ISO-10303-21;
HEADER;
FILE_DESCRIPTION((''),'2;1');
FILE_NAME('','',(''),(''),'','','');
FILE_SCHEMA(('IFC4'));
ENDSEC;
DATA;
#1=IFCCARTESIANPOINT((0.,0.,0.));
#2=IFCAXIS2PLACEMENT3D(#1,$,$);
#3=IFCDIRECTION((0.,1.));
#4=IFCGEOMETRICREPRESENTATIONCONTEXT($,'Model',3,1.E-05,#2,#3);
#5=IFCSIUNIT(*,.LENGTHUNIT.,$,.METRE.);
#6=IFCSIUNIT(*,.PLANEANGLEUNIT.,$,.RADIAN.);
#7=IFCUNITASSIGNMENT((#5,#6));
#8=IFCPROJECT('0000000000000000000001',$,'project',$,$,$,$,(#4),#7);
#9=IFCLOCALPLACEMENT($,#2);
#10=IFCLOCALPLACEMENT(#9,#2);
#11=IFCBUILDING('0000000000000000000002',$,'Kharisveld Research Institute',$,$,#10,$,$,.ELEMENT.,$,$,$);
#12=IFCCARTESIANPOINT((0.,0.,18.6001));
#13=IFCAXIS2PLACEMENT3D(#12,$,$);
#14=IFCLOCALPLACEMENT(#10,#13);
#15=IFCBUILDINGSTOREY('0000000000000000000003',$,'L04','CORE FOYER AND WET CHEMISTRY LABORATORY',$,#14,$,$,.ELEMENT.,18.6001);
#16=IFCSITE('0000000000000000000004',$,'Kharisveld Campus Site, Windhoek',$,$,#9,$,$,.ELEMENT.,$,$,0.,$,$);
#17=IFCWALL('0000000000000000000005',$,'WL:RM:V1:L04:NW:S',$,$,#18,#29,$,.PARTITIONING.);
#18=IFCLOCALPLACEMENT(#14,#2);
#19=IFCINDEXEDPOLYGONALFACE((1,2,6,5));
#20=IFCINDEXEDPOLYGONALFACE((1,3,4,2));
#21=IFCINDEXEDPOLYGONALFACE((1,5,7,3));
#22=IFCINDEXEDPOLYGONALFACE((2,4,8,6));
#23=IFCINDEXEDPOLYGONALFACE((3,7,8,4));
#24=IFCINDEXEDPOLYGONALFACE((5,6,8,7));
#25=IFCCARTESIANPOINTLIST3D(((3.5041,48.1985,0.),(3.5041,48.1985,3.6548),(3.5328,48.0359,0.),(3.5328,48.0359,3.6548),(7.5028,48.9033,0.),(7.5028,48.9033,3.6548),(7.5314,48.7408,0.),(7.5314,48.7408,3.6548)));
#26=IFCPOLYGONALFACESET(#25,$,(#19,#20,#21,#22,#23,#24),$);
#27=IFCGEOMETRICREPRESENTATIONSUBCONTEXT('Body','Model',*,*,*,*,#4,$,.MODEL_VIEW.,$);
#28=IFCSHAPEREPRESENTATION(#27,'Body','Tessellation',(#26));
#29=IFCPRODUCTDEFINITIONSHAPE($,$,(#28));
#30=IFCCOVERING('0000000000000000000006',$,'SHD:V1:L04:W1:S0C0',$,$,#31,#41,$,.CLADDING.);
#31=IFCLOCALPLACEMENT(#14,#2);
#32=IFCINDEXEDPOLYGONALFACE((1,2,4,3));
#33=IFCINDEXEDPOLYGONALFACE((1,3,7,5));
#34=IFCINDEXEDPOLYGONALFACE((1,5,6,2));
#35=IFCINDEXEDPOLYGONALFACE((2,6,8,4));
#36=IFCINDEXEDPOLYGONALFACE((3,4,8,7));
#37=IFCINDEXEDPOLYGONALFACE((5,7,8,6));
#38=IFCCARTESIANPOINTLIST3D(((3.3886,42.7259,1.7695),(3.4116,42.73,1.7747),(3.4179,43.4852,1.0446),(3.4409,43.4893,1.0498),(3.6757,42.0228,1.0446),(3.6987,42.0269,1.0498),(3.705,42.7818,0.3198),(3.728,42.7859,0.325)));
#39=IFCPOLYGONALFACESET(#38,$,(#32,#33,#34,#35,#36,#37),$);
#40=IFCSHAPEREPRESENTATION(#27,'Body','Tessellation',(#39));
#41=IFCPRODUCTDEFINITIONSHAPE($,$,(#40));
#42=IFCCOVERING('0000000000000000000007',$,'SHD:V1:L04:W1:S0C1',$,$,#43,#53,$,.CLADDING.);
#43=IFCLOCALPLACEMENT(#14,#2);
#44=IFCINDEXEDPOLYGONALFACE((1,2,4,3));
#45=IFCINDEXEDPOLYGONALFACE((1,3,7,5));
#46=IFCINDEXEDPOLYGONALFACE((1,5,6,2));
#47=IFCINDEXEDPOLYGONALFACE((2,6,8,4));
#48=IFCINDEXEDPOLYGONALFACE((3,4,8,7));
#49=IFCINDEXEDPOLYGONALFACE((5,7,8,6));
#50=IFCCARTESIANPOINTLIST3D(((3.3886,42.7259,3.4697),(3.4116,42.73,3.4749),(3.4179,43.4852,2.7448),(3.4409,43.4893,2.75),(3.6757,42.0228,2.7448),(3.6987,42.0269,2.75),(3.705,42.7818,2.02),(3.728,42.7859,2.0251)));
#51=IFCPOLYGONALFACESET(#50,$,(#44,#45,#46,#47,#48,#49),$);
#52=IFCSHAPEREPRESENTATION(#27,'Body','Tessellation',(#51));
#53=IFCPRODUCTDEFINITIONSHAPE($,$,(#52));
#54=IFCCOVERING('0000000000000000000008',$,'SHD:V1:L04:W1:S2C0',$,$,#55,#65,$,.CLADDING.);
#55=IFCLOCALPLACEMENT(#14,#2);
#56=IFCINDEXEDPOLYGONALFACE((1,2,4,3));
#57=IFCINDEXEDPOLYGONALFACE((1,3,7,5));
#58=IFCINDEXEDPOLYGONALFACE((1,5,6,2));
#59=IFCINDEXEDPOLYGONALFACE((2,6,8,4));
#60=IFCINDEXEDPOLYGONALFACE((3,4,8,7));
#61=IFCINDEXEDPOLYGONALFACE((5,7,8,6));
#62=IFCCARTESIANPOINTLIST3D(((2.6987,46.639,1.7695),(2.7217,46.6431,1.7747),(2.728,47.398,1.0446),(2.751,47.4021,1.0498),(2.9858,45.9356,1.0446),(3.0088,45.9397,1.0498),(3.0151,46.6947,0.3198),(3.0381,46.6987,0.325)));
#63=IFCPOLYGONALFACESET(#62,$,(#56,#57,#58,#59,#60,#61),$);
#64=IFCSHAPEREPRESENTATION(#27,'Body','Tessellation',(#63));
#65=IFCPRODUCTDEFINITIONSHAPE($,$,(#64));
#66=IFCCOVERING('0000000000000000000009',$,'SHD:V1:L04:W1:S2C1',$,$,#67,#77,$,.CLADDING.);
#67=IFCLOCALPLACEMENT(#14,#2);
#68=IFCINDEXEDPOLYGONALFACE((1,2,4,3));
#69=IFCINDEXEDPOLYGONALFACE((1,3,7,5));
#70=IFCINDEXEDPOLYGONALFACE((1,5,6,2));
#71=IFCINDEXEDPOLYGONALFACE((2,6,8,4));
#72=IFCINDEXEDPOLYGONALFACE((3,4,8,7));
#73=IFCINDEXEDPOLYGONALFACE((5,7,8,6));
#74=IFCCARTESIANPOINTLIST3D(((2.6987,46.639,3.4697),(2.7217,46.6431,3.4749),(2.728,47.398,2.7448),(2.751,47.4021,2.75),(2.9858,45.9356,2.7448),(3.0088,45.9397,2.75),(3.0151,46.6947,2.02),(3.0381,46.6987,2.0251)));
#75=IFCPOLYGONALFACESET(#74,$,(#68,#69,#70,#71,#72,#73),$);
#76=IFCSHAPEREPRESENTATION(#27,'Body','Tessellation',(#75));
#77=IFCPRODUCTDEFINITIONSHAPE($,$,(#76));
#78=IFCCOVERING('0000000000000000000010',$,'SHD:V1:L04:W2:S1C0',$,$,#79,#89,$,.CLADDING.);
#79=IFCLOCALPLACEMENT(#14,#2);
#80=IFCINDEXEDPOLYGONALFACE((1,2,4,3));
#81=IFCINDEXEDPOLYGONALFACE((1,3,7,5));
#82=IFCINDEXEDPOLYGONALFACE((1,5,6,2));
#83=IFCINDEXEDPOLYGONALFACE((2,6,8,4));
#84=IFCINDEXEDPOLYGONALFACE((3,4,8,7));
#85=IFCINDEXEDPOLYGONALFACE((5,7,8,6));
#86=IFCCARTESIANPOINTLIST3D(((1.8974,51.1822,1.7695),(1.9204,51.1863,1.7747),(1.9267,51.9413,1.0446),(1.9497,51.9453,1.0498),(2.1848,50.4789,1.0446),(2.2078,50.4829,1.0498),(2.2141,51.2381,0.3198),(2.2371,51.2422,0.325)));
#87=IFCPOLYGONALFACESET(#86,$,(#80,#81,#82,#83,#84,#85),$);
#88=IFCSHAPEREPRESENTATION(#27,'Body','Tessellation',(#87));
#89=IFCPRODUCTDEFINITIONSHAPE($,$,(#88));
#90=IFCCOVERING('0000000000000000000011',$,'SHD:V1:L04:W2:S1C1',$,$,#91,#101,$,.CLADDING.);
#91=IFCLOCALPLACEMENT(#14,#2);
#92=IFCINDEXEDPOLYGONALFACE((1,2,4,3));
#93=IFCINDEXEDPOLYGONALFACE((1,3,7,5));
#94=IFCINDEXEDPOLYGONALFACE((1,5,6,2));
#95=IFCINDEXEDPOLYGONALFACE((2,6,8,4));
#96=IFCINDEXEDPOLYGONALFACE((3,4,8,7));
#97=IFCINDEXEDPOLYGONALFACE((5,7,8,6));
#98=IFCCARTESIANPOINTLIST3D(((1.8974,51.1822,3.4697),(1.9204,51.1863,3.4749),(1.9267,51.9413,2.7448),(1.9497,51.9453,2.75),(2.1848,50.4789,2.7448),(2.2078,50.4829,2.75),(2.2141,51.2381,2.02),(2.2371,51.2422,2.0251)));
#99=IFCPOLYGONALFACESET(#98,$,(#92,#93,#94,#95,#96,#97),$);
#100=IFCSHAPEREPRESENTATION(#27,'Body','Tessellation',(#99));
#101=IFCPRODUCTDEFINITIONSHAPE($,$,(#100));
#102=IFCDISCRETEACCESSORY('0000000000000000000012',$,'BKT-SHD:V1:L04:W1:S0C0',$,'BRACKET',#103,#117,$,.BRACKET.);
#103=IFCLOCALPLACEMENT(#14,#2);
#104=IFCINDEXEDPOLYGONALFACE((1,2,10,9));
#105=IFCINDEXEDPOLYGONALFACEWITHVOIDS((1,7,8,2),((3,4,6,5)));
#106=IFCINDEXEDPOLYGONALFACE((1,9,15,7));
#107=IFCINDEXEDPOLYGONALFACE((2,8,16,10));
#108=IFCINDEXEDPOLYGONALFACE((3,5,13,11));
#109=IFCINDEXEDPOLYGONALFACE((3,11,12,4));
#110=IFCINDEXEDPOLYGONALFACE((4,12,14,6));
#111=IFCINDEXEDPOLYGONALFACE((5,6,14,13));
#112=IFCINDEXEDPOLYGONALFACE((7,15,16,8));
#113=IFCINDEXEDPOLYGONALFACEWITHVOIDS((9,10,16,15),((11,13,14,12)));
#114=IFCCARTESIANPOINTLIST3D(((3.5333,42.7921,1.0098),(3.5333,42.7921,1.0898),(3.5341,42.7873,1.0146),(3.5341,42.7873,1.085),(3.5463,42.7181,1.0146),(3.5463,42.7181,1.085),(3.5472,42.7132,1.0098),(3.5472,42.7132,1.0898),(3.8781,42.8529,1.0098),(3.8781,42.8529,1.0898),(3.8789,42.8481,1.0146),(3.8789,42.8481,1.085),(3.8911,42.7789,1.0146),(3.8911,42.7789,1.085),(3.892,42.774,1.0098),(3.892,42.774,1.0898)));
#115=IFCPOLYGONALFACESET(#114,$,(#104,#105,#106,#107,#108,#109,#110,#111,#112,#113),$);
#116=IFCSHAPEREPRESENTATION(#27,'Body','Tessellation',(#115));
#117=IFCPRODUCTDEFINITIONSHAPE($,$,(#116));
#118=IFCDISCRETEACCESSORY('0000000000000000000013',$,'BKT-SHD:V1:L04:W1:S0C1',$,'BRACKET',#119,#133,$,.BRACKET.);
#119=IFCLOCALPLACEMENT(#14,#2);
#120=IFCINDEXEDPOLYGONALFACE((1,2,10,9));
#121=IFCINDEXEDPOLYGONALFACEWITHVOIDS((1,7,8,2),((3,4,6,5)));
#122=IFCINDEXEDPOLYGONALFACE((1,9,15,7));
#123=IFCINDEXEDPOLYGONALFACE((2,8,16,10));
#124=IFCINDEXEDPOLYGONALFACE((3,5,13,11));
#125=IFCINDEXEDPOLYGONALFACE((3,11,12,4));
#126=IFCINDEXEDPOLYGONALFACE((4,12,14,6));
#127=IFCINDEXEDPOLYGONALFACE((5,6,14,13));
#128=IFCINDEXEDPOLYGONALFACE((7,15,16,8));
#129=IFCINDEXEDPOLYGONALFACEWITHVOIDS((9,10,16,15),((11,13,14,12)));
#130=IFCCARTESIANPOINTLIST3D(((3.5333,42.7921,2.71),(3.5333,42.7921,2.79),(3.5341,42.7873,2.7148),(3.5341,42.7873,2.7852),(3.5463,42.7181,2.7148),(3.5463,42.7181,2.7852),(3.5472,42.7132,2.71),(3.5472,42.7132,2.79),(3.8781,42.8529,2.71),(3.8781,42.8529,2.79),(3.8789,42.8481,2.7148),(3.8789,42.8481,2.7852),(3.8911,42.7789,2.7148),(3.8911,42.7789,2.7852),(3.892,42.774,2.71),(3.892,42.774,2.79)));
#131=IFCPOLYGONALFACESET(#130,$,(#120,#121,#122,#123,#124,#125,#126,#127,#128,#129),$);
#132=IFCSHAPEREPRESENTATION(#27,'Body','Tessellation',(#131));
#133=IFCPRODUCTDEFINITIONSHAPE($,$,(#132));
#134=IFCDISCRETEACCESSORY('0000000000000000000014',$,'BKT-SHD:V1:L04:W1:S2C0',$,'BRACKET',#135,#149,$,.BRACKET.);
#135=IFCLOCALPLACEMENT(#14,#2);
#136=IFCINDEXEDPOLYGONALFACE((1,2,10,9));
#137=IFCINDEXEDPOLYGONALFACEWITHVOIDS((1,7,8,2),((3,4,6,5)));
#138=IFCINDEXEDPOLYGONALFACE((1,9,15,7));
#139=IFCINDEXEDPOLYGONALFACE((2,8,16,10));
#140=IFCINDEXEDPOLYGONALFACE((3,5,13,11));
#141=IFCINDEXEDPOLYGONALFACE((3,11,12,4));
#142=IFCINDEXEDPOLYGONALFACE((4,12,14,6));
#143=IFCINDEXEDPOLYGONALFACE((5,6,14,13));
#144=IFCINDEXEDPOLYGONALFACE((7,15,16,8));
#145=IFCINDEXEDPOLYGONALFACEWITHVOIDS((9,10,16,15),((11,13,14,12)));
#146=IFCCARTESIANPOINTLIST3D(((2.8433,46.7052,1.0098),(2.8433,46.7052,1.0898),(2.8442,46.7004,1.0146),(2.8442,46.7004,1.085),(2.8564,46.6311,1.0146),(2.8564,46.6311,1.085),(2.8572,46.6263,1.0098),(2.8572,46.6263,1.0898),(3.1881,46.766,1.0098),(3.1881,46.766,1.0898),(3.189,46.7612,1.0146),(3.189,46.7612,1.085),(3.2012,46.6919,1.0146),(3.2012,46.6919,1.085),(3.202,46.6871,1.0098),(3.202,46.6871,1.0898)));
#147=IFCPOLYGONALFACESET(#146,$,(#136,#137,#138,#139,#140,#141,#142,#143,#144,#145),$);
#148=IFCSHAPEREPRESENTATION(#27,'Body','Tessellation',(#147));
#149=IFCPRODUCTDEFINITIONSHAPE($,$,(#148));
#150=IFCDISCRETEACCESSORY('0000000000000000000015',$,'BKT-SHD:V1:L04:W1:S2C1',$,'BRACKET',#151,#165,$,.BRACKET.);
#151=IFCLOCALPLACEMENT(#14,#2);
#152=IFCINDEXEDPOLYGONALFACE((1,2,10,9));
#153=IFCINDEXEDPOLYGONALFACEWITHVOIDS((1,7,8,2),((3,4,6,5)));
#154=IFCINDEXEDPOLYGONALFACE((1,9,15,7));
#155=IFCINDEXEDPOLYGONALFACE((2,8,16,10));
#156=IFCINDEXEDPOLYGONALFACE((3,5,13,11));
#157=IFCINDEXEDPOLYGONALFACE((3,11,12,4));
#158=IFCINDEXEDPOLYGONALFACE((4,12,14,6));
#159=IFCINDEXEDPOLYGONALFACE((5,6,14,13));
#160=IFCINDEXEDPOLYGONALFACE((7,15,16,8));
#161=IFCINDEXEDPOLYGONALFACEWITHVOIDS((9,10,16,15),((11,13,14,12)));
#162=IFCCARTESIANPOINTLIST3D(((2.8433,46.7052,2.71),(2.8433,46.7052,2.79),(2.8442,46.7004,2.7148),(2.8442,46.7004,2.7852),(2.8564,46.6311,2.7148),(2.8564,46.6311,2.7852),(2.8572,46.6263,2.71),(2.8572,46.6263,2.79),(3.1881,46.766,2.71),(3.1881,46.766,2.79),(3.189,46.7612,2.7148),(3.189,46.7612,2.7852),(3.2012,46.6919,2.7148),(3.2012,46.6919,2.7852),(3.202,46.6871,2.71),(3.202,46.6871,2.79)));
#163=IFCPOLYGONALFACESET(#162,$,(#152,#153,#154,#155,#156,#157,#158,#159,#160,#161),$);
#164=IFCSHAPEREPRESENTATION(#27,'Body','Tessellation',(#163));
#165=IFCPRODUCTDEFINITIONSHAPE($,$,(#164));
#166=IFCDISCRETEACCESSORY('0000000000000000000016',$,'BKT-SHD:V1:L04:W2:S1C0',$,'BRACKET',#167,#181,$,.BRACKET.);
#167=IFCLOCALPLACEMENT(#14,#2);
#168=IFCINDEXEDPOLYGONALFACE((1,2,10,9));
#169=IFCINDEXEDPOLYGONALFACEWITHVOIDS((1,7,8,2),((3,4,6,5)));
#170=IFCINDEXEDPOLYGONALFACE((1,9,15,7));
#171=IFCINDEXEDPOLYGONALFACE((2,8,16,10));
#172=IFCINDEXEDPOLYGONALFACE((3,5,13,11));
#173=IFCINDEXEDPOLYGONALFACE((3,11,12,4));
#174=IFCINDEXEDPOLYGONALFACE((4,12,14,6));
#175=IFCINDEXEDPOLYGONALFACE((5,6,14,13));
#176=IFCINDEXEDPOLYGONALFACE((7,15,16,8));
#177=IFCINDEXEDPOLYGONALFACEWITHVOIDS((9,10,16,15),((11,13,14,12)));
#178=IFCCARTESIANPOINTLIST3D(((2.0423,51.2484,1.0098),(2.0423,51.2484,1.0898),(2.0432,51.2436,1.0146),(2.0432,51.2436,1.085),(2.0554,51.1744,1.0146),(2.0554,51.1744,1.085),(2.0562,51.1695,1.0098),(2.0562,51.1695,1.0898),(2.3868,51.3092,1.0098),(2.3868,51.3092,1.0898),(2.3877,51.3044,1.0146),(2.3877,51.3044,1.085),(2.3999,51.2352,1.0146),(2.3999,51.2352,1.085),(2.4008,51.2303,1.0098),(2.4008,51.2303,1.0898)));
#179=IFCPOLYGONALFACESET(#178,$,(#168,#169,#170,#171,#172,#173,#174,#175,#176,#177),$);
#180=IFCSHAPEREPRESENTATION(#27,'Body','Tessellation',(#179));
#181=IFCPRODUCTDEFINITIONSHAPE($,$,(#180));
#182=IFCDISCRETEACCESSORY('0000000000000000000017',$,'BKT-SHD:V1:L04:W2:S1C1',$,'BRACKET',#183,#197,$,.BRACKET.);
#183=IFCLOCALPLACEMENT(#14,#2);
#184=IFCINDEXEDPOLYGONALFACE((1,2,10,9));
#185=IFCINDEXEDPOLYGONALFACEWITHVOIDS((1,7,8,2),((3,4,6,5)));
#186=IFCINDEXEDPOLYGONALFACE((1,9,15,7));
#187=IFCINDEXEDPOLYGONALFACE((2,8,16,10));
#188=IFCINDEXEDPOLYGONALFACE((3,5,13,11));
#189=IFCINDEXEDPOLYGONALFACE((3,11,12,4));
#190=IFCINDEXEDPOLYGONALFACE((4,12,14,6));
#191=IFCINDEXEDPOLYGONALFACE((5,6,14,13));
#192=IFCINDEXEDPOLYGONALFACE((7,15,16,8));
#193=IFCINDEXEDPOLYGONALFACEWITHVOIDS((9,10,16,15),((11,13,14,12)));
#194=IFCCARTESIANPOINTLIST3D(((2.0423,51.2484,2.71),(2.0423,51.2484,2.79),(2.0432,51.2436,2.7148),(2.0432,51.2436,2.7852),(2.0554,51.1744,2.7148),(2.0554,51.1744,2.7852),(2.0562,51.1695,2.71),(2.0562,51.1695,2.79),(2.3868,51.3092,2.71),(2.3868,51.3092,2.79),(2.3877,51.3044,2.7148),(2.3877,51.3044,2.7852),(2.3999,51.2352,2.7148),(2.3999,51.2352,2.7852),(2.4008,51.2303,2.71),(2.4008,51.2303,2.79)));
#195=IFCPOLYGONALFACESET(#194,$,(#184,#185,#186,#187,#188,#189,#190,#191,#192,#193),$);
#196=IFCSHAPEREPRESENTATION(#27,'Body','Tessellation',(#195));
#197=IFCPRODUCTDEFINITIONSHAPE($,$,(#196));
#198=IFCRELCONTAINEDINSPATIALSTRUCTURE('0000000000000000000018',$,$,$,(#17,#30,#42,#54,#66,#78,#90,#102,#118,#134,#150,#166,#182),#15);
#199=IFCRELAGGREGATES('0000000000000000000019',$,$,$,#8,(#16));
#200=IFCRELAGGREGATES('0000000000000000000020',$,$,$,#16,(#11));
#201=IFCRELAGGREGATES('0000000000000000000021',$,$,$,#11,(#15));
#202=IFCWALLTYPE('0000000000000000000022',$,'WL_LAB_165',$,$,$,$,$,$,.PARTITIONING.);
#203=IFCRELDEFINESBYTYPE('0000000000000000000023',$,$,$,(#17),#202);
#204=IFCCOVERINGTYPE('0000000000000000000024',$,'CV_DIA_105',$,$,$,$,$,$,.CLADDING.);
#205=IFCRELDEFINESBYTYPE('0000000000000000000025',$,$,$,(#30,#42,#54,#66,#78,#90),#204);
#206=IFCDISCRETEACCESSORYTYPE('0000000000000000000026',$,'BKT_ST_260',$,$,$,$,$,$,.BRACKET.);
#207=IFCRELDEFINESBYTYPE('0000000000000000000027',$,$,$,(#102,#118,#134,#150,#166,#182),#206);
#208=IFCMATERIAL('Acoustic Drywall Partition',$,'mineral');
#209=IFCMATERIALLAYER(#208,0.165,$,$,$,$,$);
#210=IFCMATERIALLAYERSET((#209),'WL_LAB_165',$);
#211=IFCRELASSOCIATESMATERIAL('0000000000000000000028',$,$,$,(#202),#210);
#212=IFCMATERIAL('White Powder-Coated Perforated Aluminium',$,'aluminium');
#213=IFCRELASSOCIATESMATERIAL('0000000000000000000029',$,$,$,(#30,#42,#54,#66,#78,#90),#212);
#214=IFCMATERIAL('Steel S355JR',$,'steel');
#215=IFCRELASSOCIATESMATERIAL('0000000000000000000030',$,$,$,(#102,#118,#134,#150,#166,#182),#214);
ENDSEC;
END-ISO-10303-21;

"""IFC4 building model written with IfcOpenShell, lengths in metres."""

from ifc_helpers import new_model, si_unit, direction, frame, frame_2d, origin, origin_2d, place, context, subcontext, project, spatial, polyline, rectangle, hollow_rectangle, outline, extrude, material, layer, layer_set, type_object, element, save


model = new_model("IFC4")

# Units and contexts
model_context = context("Model", 3, precision=1e-05, world=origin(), true_north=direction((0.0, 1.0)))
body_context = subcontext(model_context, "Body", "Model", "MODEL_VIEW")
ifc_project = project(units=[si_unit("LENGTHUNIT", "METRE"), si_unit("PLANEANGLEUNIT", "RADIAN")], contexts=[model_context])

# Site, building, storey
site_placement = place(None, origin())
site = spatial("IfcSite", under=ifc_project, at=site_placement, Name="Kharisveld Campus Site, Windhoek", CompositionType="ELEMENT", RefElevation=0.0)
building_placement = place(site_placement, origin())
building = spatial("IfcBuilding", under=site, at=building_placement, Name="Kharisveld Research Institute", CompositionType="ELEMENT")
storey_placement = place(building_placement, frame((0.0, 0.0, 18.6001)))
storey = spatial("IfcBuildingStorey", under=building, at=storey_placement, Name="L04", Description="CORE FOYER AND WET CHEMISTRY LABORATORY", CompositionType="ELEMENT", Elevation=18.6001)

# Wall
ifc_material_1 = material(Name="Acoustic Drywall Partition", Category="mineral")
ifc_layer_1 = layer(ifc_material_1, 0.165)
ifc_layer_set_1 = layer_set([ifc_layer_1], Name="WL_LAB_165")
wall_type = type_object("IfcWallType", Name="WL_LAB_165", PredefinedType="PARTITIONING", material=ifc_layer_set_1)
wall_placement = place(storey_placement, frame((3.5183, 48.1172, 0.0), z_axis=(0.0, 0.0, 1.0), x_axis=(0.984817, 0.173597, 0.0)))
element("IfcWall", 1, at=wall_placement, inside=storey, type_object=wall_type, Name="WL:RM:V1:L04:NW:S", PredefinedType="PARTITIONING", context=body_context, shape_type="SweptSolid", body=[
    extrude(rectangle(XDim=4.0603, YDim=0.165, at=frame_2d((2.0303, 0.0))), origin(), (0.0, 0.0, 1.0), 3.6548),
])

# Coverings
ifc_material_2 = material(Name="White Powder-Coated Perforated Aluminium", Category="aluminium")
covering_type = type_object("IfcCoveringType", Name="CV_DIA_105", PredefinedType="CLADDING")
for number, where, z_axis, x_axis, name in (
    (2, (3.728, 42.7859, 0.325), (0.961481, 0.169503, 0.216385), (-0.273447, 0.66985, 0.69031), "SHD:V1:L04:W1:S0C0"),
    (3, (3.728, 42.7859, 2.0251), (0.961481, 0.169503, 0.216385), (-0.273447, 0.66985, 0.69031), "SHD:V1:L04:W1:S0C1"),
):
    element("IfcCovering", number, at=place(storey_placement, frame(where, z_axis=z_axis, x_axis=x_axis)), inside=storey, type_object=covering_type, material=ifc_material_2, Name=name, PredefinedType="CLADDING", context=body_context, shape_type="SweptSolid", body=[
        extrude(outline(polyline([(0.0, 0.0), (1.05, 0.0), (1.0498, 1.0501), (-0.0001, 1.05), (0.0, 0.0)])), origin(), (0.0, 0.0, -1.0), 0.0239),
    ])
for number, where, z_axis, x_axis, name in (
    (4, (3.0381, 46.6987, 0.325), (0.961487, 0.169504, 0.216358), (-0.273429, 0.669853, 0.690314), "SHD:V1:L04:W1:S2C0"),
    (5, (3.0381, 46.6987, 2.0251), (0.961487, 0.169504, 0.216358), (-0.273429, 0.669853, 0.690314), "SHD:V1:L04:W1:S2C1"),
):
    element("IfcCovering", number, at=place(storey_placement, frame(where, z_axis=z_axis, x_axis=x_axis)), inside=storey, type_object=covering_type, material=ifc_material_2, Name=name, PredefinedType="CLADDING", context=body_context, shape_type="SweptSolid", body=[
        extrude(outline(polyline([(0.0, 0.0), (1.05, 0.0), (1.05, 1.05), (-0.0001, 1.05), (0.0, 0.0)])), origin(), (0.0, 0.0, -1.0), 0.0239),
    ])
for number, where, z_axis, x_axis, name in (
    (6, (2.2371, 51.2422, 0.325), (0.96142, 0.169653, 0.21654), (-0.273667, 0.669686, 0.690382), "SHD:V1:L04:W2:S1C0"),
    (7, (2.2371, 51.2422, 2.0251), (0.96142, 0.169653, 0.21654), (-0.273667, 0.669686, 0.690382), "SHD:V1:L04:W2:S1C1"),
):
    element("IfcCovering", number, at=place(storey_placement, frame(where, z_axis=z_axis, x_axis=x_axis)), inside=storey, type_object=covering_type, material=ifc_material_2, Name=name, PredefinedType="CLADDING", context=body_context, shape_type="SweptSolid", body=[
        extrude(outline(polyline([(0.0, 0.0), (1.0499, 0.0), (1.0501, 1.05), (0.0, 1.0501), (0.0, 0.0)])), origin(), (0.0, 0.0, -1.0), 0.0239),
    ])

# Discrete accessories
ifc_material_3 = material(Name="Steel S355JR", Category="steel")
discrete_accessory_type = type_object("IfcDiscreteAccessoryType", Name="BKT_ST_260", PredefinedType="BRACKET")
for number, where, z_axis, x_axis, name in (
    (8, (3.885, 42.8135, 1.0498), (-0.984805, -0.173666, 0.0), (0.173666, -0.984805, 0.0), "BKT-SHD:V1:L04:W1:S0C0"),
    (9, (3.885, 42.8135, 2.75), (-0.984805, -0.173666, 0.0), (0.173666, -0.984805, 0.0), "BKT-SHD:V1:L04:W1:S0C1"),
    (10, (3.1951, 46.7266, 1.0498), (-0.984805, -0.173666, 0.0), (0.173666, -0.984805, 0.0), "BKT-SHD:V1:L04:W1:S2C0"),
    (11, (3.1951, 46.7266, 2.75), (-0.984805, -0.173666, 0.0), (0.173666, -0.984805, 0.0), "BKT-SHD:V1:L04:W1:S2C1"),
):
    element("IfcDiscreteAccessory", number, at=place(storey_placement, frame(where, z_axis=z_axis, x_axis=x_axis)), inside=storey, type_object=discrete_accessory_type, material=ifc_material_3, Name=name, ObjectType="BRACKET", PredefinedType="BRACKET", context=body_context, shape_type="SweptSolid", body=[
        extrude(hollow_rectangle(XDim=0.0801, YDim=0.0801, WallThickness=0.0049, at=origin_2d()), origin(), (0.0, 0.0, 1.0), 0.3501),
    ])
for number, where, z_axis, x_axis, name in (
    (12, (2.3938, 51.2698, 1.0498), (-0.984784, -0.173785, 0.0), (0.173785, -0.984784, 0.0), "BKT-SHD:V1:L04:W2:S1C0"),
    (13, (2.3938, 51.2698, 2.75), (-0.984784, -0.173785, 0.0), (0.173785, -0.984784, 0.0), "BKT-SHD:V1:L04:W2:S1C1"),
):
    element("IfcDiscreteAccessory", number, at=place(storey_placement, frame(where, z_axis=z_axis, x_axis=x_axis)), inside=storey, type_object=discrete_accessory_type, material=ifc_material_3, Name=name, ObjectType="BRACKET", PredefinedType="BRACKET", context=body_context, shape_type="SweptSolid", body=[
        extrude(hollow_rectangle(XDim=0.0801, YDim=0.0801, WallThickness=0.0049, at=origin_2d()), origin(), (0.0, 0.0, 1.0), 0.3499),
    ])

save(model, "model.ifc")
